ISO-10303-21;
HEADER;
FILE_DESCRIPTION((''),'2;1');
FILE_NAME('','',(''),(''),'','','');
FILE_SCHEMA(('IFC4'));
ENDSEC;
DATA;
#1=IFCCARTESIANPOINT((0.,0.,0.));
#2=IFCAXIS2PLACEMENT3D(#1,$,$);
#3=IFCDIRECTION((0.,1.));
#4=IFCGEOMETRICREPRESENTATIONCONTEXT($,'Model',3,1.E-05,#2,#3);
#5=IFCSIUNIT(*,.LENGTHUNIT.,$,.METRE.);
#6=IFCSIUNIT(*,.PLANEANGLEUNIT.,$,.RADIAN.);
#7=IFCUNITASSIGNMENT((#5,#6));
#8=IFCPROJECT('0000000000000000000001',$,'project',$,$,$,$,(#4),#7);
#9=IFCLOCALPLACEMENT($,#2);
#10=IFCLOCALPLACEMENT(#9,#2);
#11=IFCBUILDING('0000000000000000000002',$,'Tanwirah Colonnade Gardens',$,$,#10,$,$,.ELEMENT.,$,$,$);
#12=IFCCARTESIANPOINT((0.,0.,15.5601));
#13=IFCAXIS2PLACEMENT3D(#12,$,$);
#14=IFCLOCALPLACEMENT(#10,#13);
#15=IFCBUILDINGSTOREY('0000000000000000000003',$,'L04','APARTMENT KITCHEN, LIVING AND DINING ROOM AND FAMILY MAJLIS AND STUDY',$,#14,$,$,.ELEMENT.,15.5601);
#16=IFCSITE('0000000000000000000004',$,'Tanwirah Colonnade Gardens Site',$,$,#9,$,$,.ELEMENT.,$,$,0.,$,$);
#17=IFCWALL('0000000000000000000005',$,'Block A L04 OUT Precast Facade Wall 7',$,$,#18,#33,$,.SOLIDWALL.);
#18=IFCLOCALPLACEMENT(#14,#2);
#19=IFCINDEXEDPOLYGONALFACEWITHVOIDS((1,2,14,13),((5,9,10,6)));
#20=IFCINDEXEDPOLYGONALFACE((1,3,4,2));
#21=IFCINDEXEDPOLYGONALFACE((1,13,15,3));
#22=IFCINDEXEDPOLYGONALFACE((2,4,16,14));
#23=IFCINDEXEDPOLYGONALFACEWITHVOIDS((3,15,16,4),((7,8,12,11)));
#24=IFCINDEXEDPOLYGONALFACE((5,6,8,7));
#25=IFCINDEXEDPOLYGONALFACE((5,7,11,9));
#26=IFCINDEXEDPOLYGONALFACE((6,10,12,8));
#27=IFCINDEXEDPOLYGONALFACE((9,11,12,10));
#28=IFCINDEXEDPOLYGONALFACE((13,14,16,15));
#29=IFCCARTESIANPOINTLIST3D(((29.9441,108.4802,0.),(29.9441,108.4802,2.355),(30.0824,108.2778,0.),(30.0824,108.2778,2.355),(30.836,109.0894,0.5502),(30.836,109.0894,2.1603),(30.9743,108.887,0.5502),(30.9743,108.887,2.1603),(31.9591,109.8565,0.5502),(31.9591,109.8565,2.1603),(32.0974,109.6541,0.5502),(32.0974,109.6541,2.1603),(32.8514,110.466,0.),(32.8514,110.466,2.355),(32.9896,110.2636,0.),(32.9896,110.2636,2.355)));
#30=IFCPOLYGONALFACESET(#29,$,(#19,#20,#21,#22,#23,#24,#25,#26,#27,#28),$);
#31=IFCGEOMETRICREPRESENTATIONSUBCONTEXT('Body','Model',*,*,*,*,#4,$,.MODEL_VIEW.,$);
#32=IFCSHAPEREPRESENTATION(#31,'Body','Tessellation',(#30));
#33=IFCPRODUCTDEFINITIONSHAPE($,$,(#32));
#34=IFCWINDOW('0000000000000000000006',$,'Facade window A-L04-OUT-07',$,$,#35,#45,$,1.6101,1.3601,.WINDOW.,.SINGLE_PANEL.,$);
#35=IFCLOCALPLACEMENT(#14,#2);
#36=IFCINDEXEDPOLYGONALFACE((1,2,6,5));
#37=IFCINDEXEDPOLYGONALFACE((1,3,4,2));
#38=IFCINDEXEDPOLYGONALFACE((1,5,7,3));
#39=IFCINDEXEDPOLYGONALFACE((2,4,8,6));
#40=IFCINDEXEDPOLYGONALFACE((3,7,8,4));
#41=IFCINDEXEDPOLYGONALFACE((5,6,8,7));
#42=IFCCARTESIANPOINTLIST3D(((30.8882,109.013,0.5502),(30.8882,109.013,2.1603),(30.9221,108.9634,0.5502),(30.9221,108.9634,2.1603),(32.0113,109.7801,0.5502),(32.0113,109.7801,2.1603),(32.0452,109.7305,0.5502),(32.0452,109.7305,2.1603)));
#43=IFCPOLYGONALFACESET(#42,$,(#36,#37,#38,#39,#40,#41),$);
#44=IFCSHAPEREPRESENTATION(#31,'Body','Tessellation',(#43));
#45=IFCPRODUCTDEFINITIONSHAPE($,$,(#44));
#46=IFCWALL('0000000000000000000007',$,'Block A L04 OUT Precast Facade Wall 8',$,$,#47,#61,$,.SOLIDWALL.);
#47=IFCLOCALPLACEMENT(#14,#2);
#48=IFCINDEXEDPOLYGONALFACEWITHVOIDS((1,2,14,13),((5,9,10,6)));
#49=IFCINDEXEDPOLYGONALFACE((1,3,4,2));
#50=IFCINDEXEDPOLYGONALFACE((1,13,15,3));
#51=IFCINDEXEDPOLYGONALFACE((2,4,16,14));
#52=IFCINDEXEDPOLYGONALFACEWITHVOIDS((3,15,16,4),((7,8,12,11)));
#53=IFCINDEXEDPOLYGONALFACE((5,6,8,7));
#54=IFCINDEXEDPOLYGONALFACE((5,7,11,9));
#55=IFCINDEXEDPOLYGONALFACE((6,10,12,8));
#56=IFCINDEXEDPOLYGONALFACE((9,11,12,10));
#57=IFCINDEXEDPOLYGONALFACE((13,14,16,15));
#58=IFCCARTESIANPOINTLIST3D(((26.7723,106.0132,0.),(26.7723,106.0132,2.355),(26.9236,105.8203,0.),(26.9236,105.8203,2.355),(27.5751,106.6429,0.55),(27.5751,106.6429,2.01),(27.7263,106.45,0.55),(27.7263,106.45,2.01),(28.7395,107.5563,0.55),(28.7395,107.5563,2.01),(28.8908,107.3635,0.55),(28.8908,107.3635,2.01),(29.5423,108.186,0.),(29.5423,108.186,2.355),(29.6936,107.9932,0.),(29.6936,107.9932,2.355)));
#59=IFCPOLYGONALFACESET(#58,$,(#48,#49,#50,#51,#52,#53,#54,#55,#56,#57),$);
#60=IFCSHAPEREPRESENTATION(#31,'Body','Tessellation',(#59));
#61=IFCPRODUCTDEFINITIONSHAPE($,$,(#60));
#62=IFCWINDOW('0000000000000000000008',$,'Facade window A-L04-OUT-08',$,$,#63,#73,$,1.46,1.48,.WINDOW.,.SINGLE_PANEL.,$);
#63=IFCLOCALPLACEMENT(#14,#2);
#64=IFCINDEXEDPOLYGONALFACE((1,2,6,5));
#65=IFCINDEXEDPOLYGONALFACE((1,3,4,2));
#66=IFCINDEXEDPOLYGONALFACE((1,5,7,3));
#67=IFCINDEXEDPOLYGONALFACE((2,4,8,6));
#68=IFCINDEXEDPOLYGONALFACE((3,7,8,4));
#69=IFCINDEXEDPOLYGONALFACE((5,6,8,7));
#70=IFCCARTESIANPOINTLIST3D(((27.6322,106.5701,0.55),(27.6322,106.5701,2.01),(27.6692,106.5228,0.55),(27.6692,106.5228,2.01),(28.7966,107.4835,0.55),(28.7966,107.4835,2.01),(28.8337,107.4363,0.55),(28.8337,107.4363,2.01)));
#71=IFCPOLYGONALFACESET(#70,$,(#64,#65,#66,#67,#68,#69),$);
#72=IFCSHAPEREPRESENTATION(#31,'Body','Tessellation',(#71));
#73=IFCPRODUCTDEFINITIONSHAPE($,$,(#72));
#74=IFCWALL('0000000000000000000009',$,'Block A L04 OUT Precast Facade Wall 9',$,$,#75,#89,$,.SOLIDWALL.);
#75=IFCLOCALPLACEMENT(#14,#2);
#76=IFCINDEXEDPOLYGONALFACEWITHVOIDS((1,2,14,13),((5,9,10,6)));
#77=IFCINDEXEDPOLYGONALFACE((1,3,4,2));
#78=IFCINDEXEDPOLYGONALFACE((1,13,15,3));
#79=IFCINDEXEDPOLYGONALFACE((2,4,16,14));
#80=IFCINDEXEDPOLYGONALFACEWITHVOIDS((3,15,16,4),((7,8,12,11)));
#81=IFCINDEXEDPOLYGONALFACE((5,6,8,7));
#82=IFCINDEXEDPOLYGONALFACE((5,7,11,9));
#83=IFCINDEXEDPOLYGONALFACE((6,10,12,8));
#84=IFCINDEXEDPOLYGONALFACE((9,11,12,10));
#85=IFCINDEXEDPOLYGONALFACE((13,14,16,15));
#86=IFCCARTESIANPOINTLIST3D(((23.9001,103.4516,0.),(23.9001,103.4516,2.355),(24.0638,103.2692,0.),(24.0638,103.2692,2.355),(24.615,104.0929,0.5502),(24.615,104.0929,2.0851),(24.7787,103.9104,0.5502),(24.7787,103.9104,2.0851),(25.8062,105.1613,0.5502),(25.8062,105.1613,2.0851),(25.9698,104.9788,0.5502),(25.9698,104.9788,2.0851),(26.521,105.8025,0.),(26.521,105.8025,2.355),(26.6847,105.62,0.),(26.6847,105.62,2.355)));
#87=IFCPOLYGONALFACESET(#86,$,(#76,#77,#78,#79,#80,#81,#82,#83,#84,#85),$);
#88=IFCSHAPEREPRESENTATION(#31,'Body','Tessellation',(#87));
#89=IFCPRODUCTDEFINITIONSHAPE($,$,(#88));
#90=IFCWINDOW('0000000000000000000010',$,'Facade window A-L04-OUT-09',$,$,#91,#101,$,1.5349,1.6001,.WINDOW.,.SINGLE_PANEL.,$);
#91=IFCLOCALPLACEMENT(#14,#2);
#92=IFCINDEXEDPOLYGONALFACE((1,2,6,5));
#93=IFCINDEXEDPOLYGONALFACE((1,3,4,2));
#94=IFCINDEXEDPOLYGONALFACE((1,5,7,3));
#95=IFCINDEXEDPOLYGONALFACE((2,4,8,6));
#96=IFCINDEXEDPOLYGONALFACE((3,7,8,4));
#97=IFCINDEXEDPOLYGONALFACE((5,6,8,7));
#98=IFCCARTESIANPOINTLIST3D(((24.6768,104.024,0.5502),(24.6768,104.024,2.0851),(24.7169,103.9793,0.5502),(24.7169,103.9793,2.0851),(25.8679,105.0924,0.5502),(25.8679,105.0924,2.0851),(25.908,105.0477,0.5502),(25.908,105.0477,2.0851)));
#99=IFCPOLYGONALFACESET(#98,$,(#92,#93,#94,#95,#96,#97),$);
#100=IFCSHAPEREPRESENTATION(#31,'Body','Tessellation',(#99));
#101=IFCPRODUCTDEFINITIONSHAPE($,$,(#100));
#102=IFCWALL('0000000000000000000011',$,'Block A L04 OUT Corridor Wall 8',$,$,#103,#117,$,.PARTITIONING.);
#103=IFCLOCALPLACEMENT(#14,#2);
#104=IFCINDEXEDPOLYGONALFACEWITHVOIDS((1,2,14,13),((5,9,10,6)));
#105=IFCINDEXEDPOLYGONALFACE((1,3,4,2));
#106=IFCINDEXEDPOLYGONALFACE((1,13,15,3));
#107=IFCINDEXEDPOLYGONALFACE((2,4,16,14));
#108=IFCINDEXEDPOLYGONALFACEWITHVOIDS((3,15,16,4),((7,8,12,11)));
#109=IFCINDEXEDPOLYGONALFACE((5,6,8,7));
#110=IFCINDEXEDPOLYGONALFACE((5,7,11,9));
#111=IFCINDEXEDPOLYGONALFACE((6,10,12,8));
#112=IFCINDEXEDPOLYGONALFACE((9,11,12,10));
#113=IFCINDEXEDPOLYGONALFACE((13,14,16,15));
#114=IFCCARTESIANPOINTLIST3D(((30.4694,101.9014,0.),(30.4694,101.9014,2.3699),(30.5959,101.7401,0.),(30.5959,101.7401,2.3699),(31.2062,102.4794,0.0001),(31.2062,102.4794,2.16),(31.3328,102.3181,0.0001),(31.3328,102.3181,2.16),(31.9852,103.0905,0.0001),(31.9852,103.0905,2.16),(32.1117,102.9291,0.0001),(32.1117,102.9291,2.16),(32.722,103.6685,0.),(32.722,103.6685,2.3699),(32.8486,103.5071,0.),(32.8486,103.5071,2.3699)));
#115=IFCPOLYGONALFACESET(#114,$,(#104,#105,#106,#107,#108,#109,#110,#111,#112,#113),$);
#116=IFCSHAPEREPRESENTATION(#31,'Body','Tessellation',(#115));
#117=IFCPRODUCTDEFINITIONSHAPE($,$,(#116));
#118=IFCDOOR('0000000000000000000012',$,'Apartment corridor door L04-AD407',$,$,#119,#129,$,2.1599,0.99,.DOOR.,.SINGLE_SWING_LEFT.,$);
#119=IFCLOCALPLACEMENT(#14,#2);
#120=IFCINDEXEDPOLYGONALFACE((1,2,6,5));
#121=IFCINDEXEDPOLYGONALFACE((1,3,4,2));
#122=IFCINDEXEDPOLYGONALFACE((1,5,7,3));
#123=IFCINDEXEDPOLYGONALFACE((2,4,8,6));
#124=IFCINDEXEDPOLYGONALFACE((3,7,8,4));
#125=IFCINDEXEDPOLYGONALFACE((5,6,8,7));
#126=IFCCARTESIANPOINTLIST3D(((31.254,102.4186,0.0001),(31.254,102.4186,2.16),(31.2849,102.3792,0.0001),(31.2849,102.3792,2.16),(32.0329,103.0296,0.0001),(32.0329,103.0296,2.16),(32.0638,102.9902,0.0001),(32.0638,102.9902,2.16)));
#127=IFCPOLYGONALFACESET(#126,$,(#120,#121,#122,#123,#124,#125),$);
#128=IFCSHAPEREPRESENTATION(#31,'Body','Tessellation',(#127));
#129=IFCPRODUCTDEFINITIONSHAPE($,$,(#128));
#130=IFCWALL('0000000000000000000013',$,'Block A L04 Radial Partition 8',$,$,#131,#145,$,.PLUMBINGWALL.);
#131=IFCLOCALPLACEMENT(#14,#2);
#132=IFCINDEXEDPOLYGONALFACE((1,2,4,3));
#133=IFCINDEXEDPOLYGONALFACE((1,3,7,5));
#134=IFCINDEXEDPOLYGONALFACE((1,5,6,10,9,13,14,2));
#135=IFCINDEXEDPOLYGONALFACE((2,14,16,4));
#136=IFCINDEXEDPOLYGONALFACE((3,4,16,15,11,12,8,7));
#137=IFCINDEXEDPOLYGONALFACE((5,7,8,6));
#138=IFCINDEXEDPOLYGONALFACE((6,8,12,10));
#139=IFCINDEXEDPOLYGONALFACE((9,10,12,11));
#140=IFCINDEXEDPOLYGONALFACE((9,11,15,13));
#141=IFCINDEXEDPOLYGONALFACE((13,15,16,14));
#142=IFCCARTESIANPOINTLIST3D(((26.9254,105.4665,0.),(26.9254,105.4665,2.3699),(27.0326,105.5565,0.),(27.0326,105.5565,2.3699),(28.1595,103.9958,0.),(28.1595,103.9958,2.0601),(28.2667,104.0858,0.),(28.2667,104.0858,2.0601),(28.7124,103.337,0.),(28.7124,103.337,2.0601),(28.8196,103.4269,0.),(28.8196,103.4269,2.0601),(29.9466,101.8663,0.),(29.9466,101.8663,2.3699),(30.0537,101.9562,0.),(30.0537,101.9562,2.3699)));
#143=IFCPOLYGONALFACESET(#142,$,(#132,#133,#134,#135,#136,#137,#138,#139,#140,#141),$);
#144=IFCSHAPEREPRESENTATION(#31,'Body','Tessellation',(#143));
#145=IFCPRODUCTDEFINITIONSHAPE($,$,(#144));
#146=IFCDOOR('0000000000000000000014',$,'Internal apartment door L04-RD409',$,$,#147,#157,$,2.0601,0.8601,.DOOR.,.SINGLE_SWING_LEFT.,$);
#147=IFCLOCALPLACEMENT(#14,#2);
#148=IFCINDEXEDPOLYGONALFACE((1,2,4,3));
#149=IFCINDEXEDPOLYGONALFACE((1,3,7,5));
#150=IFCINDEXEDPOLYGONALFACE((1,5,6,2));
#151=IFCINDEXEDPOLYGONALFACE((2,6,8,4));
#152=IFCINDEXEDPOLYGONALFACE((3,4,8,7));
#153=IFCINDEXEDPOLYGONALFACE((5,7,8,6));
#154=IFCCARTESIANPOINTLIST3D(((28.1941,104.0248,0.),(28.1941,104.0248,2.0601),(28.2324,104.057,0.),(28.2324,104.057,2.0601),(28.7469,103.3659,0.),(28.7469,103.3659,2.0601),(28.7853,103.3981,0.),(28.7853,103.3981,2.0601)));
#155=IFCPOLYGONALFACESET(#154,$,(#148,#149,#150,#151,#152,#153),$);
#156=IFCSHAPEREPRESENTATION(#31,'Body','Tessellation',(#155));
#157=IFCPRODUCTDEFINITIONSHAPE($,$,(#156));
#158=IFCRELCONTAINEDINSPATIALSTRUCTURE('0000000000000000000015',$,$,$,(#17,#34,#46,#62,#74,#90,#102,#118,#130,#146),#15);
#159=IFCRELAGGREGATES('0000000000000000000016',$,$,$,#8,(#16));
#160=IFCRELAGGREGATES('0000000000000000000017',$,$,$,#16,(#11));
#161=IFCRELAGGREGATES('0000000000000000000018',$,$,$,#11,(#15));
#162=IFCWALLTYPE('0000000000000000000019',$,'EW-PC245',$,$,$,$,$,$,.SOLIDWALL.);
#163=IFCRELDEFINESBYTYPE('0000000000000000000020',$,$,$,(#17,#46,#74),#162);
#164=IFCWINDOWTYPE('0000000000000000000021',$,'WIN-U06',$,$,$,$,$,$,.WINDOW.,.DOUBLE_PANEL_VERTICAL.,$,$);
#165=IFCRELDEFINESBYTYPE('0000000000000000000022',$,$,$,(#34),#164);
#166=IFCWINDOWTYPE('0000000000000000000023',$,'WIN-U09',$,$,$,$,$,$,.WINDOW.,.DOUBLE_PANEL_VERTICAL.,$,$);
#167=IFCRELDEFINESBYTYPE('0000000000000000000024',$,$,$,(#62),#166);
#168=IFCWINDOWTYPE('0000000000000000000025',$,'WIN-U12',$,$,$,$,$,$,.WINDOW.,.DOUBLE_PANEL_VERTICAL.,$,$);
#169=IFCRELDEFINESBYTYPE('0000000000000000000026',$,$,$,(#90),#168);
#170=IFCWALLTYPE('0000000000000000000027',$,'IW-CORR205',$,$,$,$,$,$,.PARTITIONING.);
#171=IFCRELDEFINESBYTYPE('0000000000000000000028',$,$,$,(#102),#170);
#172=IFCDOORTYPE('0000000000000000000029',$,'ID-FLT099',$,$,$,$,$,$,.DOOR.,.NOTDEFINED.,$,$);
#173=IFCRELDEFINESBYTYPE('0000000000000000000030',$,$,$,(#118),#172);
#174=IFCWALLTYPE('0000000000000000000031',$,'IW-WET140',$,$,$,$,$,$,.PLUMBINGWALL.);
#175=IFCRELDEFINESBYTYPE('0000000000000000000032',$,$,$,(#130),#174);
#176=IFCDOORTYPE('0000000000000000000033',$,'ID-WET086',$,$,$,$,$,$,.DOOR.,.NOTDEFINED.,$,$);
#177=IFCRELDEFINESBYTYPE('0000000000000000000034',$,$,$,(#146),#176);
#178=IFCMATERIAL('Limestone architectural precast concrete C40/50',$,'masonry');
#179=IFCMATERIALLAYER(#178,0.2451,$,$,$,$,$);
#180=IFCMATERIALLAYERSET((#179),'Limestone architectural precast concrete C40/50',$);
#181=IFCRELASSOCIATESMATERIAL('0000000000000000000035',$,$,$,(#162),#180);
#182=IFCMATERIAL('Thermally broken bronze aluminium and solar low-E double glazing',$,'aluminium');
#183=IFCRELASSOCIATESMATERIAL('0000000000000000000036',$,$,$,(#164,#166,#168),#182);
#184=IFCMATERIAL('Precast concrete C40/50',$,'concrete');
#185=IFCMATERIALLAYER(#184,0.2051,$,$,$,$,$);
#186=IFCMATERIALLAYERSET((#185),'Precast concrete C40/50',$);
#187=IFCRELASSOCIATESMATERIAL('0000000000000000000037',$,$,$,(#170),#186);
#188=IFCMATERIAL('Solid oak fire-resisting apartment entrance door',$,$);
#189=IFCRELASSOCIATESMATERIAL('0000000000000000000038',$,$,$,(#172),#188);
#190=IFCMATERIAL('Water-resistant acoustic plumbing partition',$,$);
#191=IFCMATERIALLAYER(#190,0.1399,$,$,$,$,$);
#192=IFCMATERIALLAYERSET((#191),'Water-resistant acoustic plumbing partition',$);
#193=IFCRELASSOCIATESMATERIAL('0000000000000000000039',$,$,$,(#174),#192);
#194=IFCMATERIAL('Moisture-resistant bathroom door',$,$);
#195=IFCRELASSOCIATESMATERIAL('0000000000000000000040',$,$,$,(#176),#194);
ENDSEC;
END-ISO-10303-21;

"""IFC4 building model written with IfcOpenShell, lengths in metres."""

from ifc_helpers import new_model, si_unit, direction, frame, frame_2d, origin, place, context, subcontext, project, spatial, rectangle, extrude, material, layer, layer_set, type_object, element, fill, save


model = new_model("IFC4")

# Units and contexts
model_context = context("Model", 3, precision=1e-05, world=origin(), true_north=direction((0.0, 1.0)))
body_context = subcontext(model_context, "Body", "Model", "MODEL_VIEW")
ifc_project = project(units=[si_unit("LENGTHUNIT", "METRE"), si_unit("PLANEANGLEUNIT", "RADIAN")], contexts=[model_context])

# Site, building, storey
site_placement = place(None, origin())
site = spatial("IfcSite", under=ifc_project, at=site_placement, Name="Tanwirah Colonnade Gardens Site", CompositionType="ELEMENT", RefElevation=0.0)
building_placement = place(site_placement, origin())
building = spatial("IfcBuilding", under=site, at=building_placement, Name="Tanwirah Colonnade Gardens", CompositionType="ELEMENT")
storey_placement = place(building_placement, frame((0.0, 0.0, 15.5601)))
storey = spatial("IfcBuildingStorey", under=building, at=storey_placement, Name="L04", Description="APARTMENT KITCHEN, LIVING AND DINING ROOM AND FAMILY MAJLIS AND STUDY", CompositionType="ELEMENT", Elevation=15.5601)

# Shared definitions
ifc_material_1 = material(Name="Precast concrete C40/50", Category="concrete")

# Walls, openings, windows
ifc_material_2 = material(Name="Limestone architectural precast concrete C40/50", Category="masonry")
ifc_layer_1 = layer(ifc_material_2, 0.2451)
ifc_layer_set_1 = layer_set([ifc_layer_1], Name="Limestone architectural precast concrete C40/50")
wall_type_1 = type_object("IfcWallType", Name="EW-PC245", PredefinedType="SOLIDWALL", material=ifc_layer_set_1)
wall_1_placement = place(storey_placement, frame((32.9204, 110.3647, 0.0), z_axis=(0.0, 0.0, 1.0), x_axis=(-0.825746, -0.564042, 0.0)))
wall_1 = element("IfcWall", 1, at=wall_1_placement, inside=storey, type_object=wall_type_1, Name="Block A L04 OUT Precast Facade Wall 7", PredefinedType="SOLIDWALL", context=body_context, shape_type="SweptSolid", body=[
    extrude(rectangle(XDim=3.5208, YDim=0.2451, at=frame_2d((1.7603, 0.0))), origin(), (0.0, 0.0, 1.0), 2.355),
])
opening_1_placement = place(wall_1_placement, frame((1.0803, 0.0, 0.55)))
opening_1 = element("IfcOpeningElement", 2, at=opening_1_placement, cuts=wall_1, PredefinedType="OPENING", context=body_context, shape_type="SweptSolid", body=[
    extrude(rectangle(XDim=1.3601, YDim=1.6101, at=frame_2d((0.6802, 0.8052))), frame((0.0, 0.1326, 0.0), z_axis=(0.0, -1.0, 0.0), x_axis=(1.0, 0.0, 0.0)), (0.0, 0.0, 1.0), 0.2651),
])
ifc_material_3 = material(Name="Thermally broken bronze aluminium and solar low-E double glazing", Category="aluminium")
window_type_1 = type_object("IfcWindowType", Name="WIN-U06", PartitioningType="DOUBLE_PANEL_VERTICAL", PredefinedType="WINDOW", material=ifc_material_3)
window_1_placement = place(opening_1_placement, origin())
window_1 = element("IfcWindow", 3, at=window_1_placement, inside=storey, type_object=window_type_1, Name="Facade window A-L04-OUT-07", OverallHeight=1.6101, OverallWidth=1.3601, PartitioningType="SINGLE_PANEL", PredefinedType="WINDOW", context=body_context, shape_type="SweptSolid", body=[
    extrude(rectangle(XDim=1.3601, YDim=1.6101, at=frame_2d((0.6802, 0.8052))), frame((0.0, 0.03, 0.0), z_axis=(0.0, -1.0, 0.0), x_axis=(1.0, 0.0, 0.0)), (0.0, 0.0, 1.0), 0.0601),
])
fill(opening_1, window_1)
wall_2_placement = place(storey_placement, frame((29.6179, 108.0896, 0.0), z_axis=(0.0, 0.0, 1.0), x_axis=(-0.786814, -0.61719, 0.0)))
wall_2 = element("IfcWall", 4, at=wall_2_placement, inside=storey, type_object=wall_type_1, Name="Block A L04 OUT Precast Facade Wall 8", PredefinedType="SOLIDWALL", context=body_context, shape_type="SweptSolid", body=[
    extrude(rectangle(XDim=3.5205, YDim=0.2451, at=frame_2d((1.7603, 0.0))), origin(), (0.0, 0.0, 1.0), 2.355),
])
opening_2_placement = place(wall_2_placement, frame((1.0203, 0.0, 0.55)))
opening_2 = element("IfcOpeningElement", 5, at=opening_2_placement, cuts=wall_2, PredefinedType="OPENING", context=body_context, shape_type="SweptSolid", body=[
    extrude(rectangle(XDim=1.48, YDim=1.46, at=frame_2d((0.74, 0.73))), frame((0.0, 0.1326, 0.0), z_axis=(0.0, -1.0, 0.0), x_axis=(1.0, 0.0, 0.0)), (0.0, 0.0, 1.0), 0.2651),
])
window_type_2 = type_object("IfcWindowType", Name="WIN-U09", PartitioningType="DOUBLE_PANEL_VERTICAL", PredefinedType="WINDOW", material=ifc_material_3)
window_2_placement = place(opening_2_placement, origin())
window_2 = element("IfcWindow", 6, at=window_2_placement, inside=storey, type_object=window_type_2, Name="Facade window A-L04-OUT-08", OverallHeight=1.46, OverallWidth=1.48, PartitioningType="SINGLE_PANEL", PredefinedType="WINDOW", context=body_context, shape_type="SweptSolid", body=[
    extrude(rectangle(XDim=1.48, YDim=1.46, at=frame_2d((0.74, 0.73))), frame((0.0, 0.03, 0.0), z_axis=(0.0, -1.0, 0.0), x_axis=(1.0, 0.0, 0.0)), (0.0, 0.0, 1.0), 0.0601),
])
fill(opening_2, window_2)
wall_3_placement = place(storey_placement, frame((26.6028, 105.7112, 0.0), z_axis=(0.0, 0.0, 1.0), x_axis=(-0.744414, -0.667719, 0.0)))
wall_3 = element("IfcWall", 7, at=wall_3_placement, inside=storey, type_object=wall_type_1, Name="Block A L04 OUT Precast Facade Wall 9", PredefinedType="SOLIDWALL", context=body_context, shape_type="SweptSolid", body=[
    extrude(rectangle(XDim=3.5208, YDim=0.2451, at=frame_2d((1.7603, 0.0))), origin(), (0.0, 0.0, 1.0), 2.355),
])
opening_3_placement = place(wall_3_placement, frame((0.9602, 0.0, 0.55)))
opening_3 = element("IfcOpeningElement", 8, at=opening_3_placement, cuts=wall_3, PredefinedType="OPENING", context=body_context, shape_type="SweptSolid", body=[
    extrude(rectangle(XDim=1.6001, YDim=1.5349, at=frame_2d((0.8, 0.7676))), frame((0.0, 0.1326, 0.0), z_axis=(0.0, -1.0, 0.0), x_axis=(1.0, 0.0, 0.0)), (0.0, 0.0, 1.0), 0.2651),
])
window_type_3 = type_object("IfcWindowType", Name="WIN-U12", PartitioningType="DOUBLE_PANEL_VERTICAL", PredefinedType="WINDOW", material=ifc_material_3)
window_3_placement = place(opening_3_placement, origin())
window_3 = element("IfcWindow", 9, at=window_3_placement, inside=storey, type_object=window_type_3, Name="Facade window A-L04-OUT-09", OverallHeight=1.5349, OverallWidth=1.6001, PartitioningType="SINGLE_PANEL", PredefinedType="WINDOW", context=body_context, shape_type="SweptSolid", body=[
    extrude(rectangle(XDim=1.6001, YDim=1.5349, at=frame_2d((0.8, 0.7676))), frame((0.0, 0.03, 0.0), z_axis=(0.0, -1.0, 0.0), x_axis=(1.0, 0.0, 0.0)), (0.0, 0.0, 1.0), 0.0601),
])
fill(opening_3, window_3)

# Walls, openings, doors
ifc_layer_2 = layer(ifc_material_1, 0.2051)
ifc_layer_set_2 = layer_set([ifc_layer_2], Name="Precast concrete C40/50")
wall_type_2 = type_object("IfcWallType", Name="IW-CORR205", PredefinedType="PARTITIONING", material=ifc_layer_set_2)
wall_4_placement = place(storey_placement, frame((32.7854, 103.5879, 0.0), z_axis=(0.0, 0.0, 1.0), x_axis=(-0.786806, -0.6172, 0.0)))
wall_4 = element("IfcWall", 10, at=wall_4_placement, inside=storey, type_object=wall_type_2, Name="Block A L04 OUT Corridor Wall 8", PredefinedType="PARTITIONING", context=body_context, shape_type="SweptSolid", body=[
    extrude(rectangle(XDim=2.863, YDim=0.2051, at=frame_2d((1.4316, 0.0))), origin(), (0.0, 0.0, 1.0), 2.3699),
])
opening_4_placement = place(wall_4_placement, frame((0.9365, 0.0, 0.0)))
opening_4 = element("IfcOpeningElement", 11, at=opening_4_placement, cuts=wall_4, PredefinedType="OPENING", context=body_context, shape_type="SweptSolid", body=[
    extrude(rectangle(XDim=0.99, YDim=2.1599, at=frame_2d((0.4951, 1.0801))), frame((0.0, 0.1125, 0.0), z_axis=(0.0, -1.0, 0.0), x_axis=(1.0, 0.0, 0.0)), (0.0, 0.0, 1.0), 0.2251),
])
ifc_material_4 = material(Name="Solid oak fire-resisting apartment entrance door")
door_type_1 = type_object("IfcDoorType", Name="ID-FLT099", OperationType="NOTDEFINED", PredefinedType="DOOR", material=ifc_material_4)
door_1_placement = place(opening_4_placement, origin())
door_1 = element("IfcDoor", 12, at=door_1_placement, inside=storey, type_object=door_type_1, Name="Apartment corridor door L04-AD407", OperationType="SINGLE_SWING_LEFT", OverallHeight=2.1599, OverallWidth=0.99, PredefinedType="DOOR", context=body_context, shape_type="SweptSolid", body=[
    extrude(rectangle(XDim=0.99, YDim=2.1599, at=frame_2d((0.4951, 1.0801))), frame((0.0, 0.0249, 0.0), z_axis=(0.0, -1.0, 0.0), x_axis=(1.0, 0.0, 0.0)), (0.0, 0.0, 1.0), 0.05),
])
fill(opening_4, door_1)
ifc_material_5 = material(Name="Water-resistant acoustic plumbing partition")
ifc_layer_3 = layer(ifc_material_5, 0.1399)
ifc_layer_set_3 = layer_set([ifc_layer_3], Name="Water-resistant acoustic plumbing partition")
wall_type_3 = type_object("IfcWallType", Name="IW-WET140", PredefinedType="PLUMBINGWALL", material=ifc_layer_set_3)
wall_5_placement = place(storey_placement, frame((30.0002, 101.9111, 0.0), z_axis=(0.0, 0.0, 1.0), x_axis=(-0.642812, 0.766024, 0.0)))
wall_5 = element("IfcWall", 13, at=wall_5_placement, inside=storey, type_object=wall_type_3, Name="Block A L04 Radial Partition 8", PredefinedType="PLUMBINGWALL", context=body_context, shape_type="SweptSolid", body=[
    extrude(rectangle(XDim=4.7, YDim=0.1399, at=frame_2d((2.3501, 0.0))), origin(), (0.0, 0.0, 1.0), 2.3699),
])
opening_5_placement = place(wall_5_placement, frame((1.9199, 0.0, 0.0)))
opening_5 = element("IfcOpeningElement", 14, at=opening_5_placement, cuts=wall_5, PredefinedType="OPENING", context=body_context, shape_type="SweptSolid", body=[
    extrude(rectangle(XDim=0.8601, YDim=2.0601, at=frame_2d((0.4302, 1.03))), frame((0.0, 0.0798, 0.0), z_axis=(0.0, -1.0, 0.0), x_axis=(1.0, 0.0, 0.0)), (0.0, 0.0, 1.0), 0.1599),
])
ifc_material_6 = material(Name="Moisture-resistant bathroom door")
door_type_2 = type_object("IfcDoorType", Name="ID-WET086", OperationType="NOTDEFINED", PredefinedType="DOOR", material=ifc_material_6)
door_2_placement = place(opening_5_placement, origin())
door_2 = element("IfcDoor", 15, at=door_2_placement, inside=storey, type_object=door_type_2, Name="Internal apartment door L04-RD409", OperationType="SINGLE_SWING_LEFT", OverallHeight=2.0601, OverallWidth=0.8601, PredefinedType="DOOR", context=body_context, shape_type="SweptSolid", body=[
    extrude(rectangle(XDim=0.8601, YDim=2.0601, at=frame_2d((0.4302, 1.03))), frame((0.0, 0.0249, 0.0), z_axis=(0.0, -1.0, 0.0), x_axis=(1.0, 0.0, 0.0)), (0.0, 0.0, 1.0), 0.05),
])
fill(opening_5, door_2)

save(model, "model.ifc")
